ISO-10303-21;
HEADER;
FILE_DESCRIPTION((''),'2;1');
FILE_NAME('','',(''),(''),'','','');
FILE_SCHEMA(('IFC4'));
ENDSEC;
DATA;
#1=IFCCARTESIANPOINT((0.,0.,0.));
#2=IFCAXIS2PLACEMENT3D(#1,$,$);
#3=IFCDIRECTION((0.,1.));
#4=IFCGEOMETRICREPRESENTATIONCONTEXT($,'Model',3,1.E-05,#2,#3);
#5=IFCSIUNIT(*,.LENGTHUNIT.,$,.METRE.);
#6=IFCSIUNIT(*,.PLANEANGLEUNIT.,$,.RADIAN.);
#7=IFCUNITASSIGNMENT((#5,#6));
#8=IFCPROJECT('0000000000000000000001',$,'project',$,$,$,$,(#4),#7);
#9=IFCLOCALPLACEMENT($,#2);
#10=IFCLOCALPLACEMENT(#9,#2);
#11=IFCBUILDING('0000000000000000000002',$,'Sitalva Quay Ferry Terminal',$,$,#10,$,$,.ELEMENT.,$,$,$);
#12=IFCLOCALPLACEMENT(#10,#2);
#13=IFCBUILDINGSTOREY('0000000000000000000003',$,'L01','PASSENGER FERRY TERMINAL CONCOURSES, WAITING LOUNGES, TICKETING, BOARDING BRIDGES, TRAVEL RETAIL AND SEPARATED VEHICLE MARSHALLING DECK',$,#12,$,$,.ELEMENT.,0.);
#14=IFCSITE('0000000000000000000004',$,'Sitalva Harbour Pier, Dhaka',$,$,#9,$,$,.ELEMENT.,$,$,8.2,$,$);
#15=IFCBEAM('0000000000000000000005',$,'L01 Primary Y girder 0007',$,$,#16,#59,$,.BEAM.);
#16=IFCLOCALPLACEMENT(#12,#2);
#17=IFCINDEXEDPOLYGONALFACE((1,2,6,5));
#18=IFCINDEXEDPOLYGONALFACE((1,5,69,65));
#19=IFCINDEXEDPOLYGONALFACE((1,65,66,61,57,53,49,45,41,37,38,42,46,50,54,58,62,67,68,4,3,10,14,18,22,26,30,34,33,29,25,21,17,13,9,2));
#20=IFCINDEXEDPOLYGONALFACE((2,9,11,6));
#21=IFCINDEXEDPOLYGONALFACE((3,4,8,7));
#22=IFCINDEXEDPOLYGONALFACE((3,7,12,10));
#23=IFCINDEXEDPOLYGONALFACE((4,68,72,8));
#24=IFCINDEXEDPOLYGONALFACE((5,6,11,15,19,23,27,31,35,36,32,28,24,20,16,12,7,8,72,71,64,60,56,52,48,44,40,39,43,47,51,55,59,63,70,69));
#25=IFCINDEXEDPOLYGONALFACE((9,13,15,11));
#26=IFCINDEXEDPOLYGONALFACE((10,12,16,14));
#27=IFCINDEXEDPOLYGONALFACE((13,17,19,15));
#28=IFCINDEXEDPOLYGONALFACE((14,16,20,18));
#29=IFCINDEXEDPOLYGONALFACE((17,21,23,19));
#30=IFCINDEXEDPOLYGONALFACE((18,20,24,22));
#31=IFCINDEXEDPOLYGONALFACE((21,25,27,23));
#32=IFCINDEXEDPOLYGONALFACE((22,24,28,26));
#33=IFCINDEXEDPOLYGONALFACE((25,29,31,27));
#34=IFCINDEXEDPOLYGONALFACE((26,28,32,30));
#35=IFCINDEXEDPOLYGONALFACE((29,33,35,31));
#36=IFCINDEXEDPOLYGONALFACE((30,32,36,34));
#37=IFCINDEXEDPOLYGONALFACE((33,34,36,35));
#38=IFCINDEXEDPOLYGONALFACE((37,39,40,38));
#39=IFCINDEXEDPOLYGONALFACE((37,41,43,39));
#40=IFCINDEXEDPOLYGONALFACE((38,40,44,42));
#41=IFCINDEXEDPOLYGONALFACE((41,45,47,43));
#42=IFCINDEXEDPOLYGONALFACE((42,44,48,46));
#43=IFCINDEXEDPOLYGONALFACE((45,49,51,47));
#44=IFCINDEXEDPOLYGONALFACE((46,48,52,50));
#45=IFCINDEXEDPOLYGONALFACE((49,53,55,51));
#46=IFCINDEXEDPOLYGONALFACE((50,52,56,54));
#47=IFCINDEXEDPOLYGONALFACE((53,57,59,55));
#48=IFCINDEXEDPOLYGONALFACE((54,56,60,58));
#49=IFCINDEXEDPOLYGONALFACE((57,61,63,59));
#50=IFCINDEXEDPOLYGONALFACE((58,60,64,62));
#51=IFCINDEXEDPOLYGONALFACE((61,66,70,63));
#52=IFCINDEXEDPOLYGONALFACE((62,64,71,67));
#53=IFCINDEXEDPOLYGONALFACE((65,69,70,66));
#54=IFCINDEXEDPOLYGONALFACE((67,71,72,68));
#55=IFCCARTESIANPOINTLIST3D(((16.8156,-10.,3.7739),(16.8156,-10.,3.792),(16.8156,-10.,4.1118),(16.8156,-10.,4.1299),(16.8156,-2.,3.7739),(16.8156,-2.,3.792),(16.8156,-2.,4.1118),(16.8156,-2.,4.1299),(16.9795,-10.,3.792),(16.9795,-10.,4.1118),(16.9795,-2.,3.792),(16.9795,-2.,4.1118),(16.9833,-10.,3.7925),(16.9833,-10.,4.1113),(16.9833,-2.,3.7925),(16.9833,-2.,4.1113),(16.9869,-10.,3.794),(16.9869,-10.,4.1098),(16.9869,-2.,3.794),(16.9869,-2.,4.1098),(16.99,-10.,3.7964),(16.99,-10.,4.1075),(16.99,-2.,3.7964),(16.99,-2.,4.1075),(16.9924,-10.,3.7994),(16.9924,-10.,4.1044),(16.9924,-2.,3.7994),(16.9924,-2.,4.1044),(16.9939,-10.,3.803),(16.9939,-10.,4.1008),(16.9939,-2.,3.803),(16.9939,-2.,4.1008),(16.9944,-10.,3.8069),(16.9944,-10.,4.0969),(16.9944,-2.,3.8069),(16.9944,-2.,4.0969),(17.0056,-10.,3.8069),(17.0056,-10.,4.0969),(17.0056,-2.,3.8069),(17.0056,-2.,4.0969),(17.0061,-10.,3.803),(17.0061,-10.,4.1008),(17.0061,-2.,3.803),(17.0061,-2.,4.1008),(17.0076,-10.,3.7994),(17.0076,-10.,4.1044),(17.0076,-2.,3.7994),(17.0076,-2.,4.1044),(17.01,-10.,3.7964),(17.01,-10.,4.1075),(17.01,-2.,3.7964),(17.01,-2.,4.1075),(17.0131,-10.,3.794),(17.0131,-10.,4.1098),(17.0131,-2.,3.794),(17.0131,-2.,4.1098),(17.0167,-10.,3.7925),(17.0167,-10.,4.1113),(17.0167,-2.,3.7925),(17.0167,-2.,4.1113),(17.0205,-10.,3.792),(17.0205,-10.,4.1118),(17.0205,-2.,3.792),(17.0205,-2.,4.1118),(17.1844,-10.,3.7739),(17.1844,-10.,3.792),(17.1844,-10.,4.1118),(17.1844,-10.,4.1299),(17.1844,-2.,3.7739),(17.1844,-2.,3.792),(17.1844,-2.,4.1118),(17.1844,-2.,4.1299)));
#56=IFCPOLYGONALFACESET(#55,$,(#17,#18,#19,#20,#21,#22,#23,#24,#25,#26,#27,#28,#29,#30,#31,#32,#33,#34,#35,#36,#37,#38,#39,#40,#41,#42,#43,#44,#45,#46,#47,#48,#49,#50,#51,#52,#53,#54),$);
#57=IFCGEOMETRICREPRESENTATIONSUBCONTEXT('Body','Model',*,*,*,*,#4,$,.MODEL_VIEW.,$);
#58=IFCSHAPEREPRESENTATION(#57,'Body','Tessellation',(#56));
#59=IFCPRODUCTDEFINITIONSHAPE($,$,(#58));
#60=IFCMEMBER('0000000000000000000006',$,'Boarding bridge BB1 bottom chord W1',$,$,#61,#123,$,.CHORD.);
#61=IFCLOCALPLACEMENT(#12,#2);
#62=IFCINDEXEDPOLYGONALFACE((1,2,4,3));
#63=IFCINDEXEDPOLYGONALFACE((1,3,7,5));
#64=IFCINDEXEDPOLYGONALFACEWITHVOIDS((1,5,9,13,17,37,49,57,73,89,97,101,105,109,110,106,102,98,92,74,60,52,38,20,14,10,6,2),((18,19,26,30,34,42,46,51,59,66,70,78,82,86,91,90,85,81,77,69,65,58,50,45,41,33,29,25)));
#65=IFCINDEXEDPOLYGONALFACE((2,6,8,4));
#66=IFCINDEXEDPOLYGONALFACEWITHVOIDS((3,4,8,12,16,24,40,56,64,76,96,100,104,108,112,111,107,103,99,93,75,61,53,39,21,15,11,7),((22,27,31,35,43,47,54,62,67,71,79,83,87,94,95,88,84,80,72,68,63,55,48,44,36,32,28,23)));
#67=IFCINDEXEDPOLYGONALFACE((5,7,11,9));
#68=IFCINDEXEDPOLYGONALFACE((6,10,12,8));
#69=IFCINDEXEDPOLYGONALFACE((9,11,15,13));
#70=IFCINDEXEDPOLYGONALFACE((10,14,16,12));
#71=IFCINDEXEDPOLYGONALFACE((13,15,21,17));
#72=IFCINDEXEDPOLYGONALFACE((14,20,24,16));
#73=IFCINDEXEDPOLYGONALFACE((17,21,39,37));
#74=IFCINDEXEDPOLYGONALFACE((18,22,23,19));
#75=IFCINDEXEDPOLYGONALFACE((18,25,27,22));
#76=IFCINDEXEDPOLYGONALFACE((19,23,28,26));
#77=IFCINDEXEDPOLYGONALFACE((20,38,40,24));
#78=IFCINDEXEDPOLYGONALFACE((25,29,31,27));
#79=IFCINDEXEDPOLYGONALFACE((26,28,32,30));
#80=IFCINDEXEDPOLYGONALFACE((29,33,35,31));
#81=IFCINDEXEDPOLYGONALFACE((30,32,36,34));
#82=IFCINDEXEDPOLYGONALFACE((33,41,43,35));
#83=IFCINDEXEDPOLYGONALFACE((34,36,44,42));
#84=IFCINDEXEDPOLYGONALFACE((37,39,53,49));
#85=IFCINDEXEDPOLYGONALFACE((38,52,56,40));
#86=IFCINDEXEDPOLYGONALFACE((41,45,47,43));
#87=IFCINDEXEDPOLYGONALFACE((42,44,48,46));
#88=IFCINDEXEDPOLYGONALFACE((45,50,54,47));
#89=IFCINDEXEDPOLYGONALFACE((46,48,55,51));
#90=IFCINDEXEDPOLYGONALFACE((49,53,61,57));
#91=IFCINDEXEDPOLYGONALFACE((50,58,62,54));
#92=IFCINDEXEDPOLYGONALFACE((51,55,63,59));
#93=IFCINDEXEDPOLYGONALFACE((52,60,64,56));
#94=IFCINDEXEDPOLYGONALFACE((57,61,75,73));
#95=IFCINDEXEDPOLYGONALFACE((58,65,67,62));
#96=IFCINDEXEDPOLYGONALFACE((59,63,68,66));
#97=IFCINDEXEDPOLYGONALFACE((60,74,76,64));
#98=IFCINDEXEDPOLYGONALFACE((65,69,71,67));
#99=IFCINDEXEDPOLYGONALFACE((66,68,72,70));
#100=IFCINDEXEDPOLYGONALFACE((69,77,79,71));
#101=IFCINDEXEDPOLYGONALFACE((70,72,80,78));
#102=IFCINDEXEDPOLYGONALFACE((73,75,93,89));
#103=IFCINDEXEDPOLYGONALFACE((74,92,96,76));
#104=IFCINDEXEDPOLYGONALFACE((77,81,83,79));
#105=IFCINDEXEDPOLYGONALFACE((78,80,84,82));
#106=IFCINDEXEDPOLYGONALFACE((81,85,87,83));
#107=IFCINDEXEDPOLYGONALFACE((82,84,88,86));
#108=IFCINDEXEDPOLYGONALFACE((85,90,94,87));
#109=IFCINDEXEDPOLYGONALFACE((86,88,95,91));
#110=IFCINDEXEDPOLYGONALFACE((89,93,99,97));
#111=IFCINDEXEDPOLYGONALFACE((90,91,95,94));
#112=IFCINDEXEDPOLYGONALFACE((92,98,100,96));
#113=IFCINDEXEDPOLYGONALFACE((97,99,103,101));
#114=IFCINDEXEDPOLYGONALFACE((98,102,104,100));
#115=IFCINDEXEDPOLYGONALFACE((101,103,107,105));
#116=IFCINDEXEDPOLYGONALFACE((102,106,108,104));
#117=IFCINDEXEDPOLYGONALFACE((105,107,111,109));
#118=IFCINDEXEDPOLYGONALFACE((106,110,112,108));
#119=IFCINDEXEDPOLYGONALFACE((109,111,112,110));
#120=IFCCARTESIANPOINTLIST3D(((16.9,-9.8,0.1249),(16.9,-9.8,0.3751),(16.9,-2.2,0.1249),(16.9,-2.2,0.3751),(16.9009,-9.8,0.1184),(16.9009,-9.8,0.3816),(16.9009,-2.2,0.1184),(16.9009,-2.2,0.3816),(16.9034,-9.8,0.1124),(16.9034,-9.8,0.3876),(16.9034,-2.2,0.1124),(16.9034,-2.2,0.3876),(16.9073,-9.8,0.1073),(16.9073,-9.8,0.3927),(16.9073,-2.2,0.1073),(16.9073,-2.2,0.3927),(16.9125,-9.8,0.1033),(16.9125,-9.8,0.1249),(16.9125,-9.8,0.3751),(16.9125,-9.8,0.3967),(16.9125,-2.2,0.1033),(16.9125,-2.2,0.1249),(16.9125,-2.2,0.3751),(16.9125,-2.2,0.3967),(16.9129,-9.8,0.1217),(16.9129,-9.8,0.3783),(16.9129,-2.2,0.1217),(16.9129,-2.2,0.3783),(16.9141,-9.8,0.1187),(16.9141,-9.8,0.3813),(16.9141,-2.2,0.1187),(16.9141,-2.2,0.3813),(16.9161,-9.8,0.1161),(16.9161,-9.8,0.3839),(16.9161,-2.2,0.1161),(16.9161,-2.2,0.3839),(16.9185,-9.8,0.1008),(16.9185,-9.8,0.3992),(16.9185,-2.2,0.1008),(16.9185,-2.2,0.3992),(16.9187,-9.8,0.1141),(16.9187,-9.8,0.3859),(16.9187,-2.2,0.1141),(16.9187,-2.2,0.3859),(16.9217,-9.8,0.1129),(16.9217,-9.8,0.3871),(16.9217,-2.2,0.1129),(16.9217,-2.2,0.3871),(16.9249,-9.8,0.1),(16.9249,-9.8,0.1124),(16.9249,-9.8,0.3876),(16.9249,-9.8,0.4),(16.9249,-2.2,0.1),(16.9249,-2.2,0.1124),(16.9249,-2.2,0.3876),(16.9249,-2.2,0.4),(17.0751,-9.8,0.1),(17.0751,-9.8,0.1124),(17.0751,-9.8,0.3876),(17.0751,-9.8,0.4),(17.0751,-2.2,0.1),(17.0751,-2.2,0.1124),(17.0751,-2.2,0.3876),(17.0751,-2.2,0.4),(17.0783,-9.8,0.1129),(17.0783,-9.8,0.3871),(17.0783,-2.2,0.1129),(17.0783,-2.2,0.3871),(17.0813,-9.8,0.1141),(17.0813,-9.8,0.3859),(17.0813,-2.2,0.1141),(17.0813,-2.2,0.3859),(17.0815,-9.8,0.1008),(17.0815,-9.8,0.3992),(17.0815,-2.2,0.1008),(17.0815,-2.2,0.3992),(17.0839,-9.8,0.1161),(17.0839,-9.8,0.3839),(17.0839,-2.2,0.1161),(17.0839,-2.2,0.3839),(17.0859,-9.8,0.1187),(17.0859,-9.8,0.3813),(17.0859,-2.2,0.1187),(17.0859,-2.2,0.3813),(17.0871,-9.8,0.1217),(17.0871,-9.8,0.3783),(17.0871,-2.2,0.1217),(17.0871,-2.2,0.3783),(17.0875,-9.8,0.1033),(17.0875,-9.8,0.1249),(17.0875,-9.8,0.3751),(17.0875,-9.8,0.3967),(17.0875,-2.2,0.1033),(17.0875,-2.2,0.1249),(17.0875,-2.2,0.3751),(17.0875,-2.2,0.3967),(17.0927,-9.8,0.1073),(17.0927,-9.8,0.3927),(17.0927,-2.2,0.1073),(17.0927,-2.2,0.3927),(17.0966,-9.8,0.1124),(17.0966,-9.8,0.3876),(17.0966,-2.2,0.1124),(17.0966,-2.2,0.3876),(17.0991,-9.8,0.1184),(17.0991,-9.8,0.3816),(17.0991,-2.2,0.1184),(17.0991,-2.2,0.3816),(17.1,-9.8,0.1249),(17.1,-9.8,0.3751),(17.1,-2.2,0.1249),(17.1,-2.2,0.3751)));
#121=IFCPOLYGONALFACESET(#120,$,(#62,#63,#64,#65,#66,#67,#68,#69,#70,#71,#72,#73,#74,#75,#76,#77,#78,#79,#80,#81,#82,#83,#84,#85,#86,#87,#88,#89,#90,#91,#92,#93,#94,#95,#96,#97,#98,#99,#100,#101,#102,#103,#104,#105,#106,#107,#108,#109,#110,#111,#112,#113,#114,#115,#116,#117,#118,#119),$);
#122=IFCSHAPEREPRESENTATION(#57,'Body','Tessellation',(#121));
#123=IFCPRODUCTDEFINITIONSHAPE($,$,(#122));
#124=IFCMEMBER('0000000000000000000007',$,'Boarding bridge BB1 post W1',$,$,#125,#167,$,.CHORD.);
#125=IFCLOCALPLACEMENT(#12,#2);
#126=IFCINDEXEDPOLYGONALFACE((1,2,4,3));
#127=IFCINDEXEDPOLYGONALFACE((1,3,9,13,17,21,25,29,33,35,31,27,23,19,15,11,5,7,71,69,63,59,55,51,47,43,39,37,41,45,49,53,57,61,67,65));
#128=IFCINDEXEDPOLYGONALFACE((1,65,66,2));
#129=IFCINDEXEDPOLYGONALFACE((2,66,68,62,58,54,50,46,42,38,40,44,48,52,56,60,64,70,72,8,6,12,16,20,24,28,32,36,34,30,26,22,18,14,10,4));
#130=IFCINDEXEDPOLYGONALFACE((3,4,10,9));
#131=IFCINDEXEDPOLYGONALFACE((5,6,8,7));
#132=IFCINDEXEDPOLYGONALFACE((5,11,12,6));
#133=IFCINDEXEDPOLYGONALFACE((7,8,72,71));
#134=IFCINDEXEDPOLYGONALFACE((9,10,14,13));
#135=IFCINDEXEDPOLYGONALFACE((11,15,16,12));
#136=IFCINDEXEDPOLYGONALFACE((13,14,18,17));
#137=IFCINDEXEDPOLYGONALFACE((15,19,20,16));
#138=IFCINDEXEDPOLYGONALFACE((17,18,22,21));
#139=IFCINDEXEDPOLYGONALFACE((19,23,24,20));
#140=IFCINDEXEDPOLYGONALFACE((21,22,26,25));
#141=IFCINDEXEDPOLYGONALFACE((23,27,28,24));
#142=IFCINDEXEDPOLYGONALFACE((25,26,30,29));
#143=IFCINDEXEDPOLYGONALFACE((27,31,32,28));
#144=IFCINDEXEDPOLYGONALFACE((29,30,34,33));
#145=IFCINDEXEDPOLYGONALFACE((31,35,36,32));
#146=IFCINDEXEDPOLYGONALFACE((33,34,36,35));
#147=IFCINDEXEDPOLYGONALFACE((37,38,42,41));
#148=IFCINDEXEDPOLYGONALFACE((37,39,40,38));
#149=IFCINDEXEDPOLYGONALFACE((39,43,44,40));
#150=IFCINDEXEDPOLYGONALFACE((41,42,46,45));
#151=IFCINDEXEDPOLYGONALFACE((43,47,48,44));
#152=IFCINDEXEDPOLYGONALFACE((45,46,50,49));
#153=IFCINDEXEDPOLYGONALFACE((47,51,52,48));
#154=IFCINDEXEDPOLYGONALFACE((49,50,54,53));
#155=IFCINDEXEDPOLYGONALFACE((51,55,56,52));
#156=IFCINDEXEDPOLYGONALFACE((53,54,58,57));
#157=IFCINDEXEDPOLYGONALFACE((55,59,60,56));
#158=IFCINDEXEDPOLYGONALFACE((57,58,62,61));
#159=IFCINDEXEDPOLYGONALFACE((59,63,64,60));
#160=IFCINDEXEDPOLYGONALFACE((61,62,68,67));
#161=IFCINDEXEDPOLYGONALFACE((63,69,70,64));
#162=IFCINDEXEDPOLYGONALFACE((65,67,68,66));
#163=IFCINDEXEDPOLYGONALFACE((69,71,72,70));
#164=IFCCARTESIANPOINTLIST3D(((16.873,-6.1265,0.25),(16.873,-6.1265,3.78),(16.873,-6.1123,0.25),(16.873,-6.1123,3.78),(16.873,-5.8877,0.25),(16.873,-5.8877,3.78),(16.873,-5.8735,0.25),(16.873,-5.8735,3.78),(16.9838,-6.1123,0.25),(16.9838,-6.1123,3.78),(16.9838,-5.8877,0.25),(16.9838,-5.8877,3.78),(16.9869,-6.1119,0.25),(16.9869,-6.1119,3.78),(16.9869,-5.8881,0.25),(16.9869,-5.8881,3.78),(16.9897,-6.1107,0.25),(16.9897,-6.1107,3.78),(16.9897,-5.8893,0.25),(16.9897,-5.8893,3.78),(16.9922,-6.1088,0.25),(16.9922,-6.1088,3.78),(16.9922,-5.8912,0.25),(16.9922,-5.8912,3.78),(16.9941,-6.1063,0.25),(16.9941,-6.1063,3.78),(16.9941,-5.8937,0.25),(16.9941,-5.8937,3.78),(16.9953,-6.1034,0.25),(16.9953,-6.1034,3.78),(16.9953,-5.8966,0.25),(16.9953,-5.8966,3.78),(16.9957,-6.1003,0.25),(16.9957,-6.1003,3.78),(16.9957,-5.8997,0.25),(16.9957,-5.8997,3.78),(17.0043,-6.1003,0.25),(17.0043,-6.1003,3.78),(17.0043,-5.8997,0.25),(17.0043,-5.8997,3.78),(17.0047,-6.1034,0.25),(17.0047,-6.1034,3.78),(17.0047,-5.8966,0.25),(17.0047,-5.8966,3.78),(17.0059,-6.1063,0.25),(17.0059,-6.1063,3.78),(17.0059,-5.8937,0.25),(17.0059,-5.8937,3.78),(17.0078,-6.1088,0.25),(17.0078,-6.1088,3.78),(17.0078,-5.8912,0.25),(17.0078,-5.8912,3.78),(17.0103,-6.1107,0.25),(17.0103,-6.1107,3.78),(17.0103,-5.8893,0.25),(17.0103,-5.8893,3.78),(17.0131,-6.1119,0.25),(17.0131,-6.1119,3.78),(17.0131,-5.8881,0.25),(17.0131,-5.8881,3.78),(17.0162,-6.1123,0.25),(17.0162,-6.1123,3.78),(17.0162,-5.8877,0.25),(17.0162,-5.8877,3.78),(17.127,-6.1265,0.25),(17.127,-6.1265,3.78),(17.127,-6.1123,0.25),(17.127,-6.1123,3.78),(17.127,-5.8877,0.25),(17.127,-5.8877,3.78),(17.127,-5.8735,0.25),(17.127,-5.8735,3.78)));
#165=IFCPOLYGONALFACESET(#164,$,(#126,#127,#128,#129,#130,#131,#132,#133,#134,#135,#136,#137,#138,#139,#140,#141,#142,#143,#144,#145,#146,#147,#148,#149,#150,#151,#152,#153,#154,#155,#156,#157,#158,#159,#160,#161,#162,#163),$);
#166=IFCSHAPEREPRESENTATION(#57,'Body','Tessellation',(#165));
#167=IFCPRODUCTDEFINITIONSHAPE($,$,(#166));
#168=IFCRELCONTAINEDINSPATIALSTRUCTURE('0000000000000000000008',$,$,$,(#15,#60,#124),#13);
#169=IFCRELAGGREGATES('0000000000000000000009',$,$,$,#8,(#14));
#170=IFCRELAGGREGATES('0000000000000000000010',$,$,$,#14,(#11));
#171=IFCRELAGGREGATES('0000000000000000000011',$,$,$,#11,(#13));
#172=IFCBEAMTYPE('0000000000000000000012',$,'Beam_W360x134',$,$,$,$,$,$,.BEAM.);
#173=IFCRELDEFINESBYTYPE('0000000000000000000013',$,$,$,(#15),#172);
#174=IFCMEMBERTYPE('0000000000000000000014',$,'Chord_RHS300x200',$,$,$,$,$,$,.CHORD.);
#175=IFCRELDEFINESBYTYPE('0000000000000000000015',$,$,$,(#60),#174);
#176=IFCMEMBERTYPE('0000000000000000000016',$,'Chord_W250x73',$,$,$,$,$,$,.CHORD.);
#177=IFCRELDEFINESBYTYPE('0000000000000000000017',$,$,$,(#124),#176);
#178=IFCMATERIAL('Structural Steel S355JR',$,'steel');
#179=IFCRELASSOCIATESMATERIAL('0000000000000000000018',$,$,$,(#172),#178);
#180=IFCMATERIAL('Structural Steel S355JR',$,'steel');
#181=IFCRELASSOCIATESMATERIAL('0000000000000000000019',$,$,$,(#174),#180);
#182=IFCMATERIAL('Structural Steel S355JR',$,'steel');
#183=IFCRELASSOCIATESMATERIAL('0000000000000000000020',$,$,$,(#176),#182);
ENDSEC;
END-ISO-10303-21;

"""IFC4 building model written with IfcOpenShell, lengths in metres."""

from ifc_helpers import new_model, si_unit, direction, frame, origin, origin_2d, place, context, subcontext, project, spatial, hollow_rectangle, i_section, extrude, material, material_profile, profile_set, type_object, element, save


model = new_model("IFC4")

# Units and contexts
model_context = context("Model", 3, precision=1e-05, world=origin(), true_north=direction((0.0, 1.0)))
body_context = subcontext(model_context, "Body", "Model", "MODEL_VIEW")
ifc_project = project(units=[si_unit("LENGTHUNIT", "METRE"), si_unit("PLANEANGLEUNIT", "RADIAN")], contexts=[model_context])

# Site, building, storey
site_placement = place(None, origin())
site = spatial("IfcSite", under=ifc_project, at=site_placement, Name="Sitalva Harbour Pier, Dhaka", CompositionType="ELEMENT", RefElevation=8.2)
building_placement = place(site_placement, origin())
building = spatial("IfcBuilding", under=site, at=building_placement, Name="Sitalva Quay Ferry Terminal", CompositionType="ELEMENT")
storey_placement = place(building_placement, origin())
storey = spatial("IfcBuildingStorey", under=building, at=storey_placement, Name="L01", Description="PASSENGER FERRY TERMINAL CONCOURSES, WAITING LOUNGES, TICKETING, BOARDING BRIDGES, TRAVEL RETAIL AND SEPARATED VEHICLE MARSHALLING DECK", CompositionType="ELEMENT", Elevation=0.0)

# Beam
ifc_material_1 = material(Name="Structural Steel S355JR", Category="steel")
ifc_material_profile_1 = material_profile(ifc_material_1, i_section(OverallWidth=0.3689, OverallDepth=0.356, WebThickness=0.0112, FlangeThickness=0.0181, FilletRadius=0.0149, at=origin_2d()), Name="W360x134")
ifc_profile_set_1 = profile_set([ifc_material_profile_1], Name="Structural Steel S355JR")
beam_type = type_object("IfcBeamType", Name="Beam_W360x134", PredefinedType="BEAM", material=ifc_profile_set_1)
beam_1_placement = place(storey_placement, frame((17.0, -10.0, 3.9519), z_axis=(0.0, 1.0, 0.0), x_axis=(-1.0, 0.0, 0.0)))
element("IfcBeam", 1, at=beam_1_placement, inside=storey, type_object=beam_type, Name="L01 Primary Y girder 0007", PredefinedType="BEAM", context=body_context, shape_type="SweptSolid", body=[
    extrude(i_section(OverallWidth=0.3689, OverallDepth=0.356, WebThickness=0.0112, FlangeThickness=0.0181, FilletRadius=0.0149, at=origin_2d()), origin(), (0.0, 0.0, 1.0), 8.0),
])

# Members
ifc_material_2 = material(Name="Structural Steel S355JR", Category="steel")
ifc_material_profile_2 = material_profile(ifc_material_2, hollow_rectangle(XDim=0.2, YDim=0.3, WallThickness=0.0125, InnerFilletRadius=0.0125, OuterFilletRadius=0.0249, at=origin_2d()), Name="RHS300x200x12.5")
ifc_profile_set_2 = profile_set([ifc_material_profile_2], Name="Structural Steel S355JR")
member_type_1 = type_object("IfcMemberType", Name="Chord_RHS300x200", PredefinedType="CHORD", material=ifc_profile_set_2)
member_1_placement = place(storey_placement, frame((17.0, -9.8, 0.25), z_axis=(0.0, 1.0, 0.0), x_axis=(-1.0, 0.0, 0.0)))
element("IfcMember", 2, at=member_1_placement, inside=storey, type_object=member_type_1, Name="Boarding bridge BB1 bottom chord W1", PredefinedType="CHORD", context=body_context, shape_type="SweptSolid", body=[
    extrude(hollow_rectangle(XDim=0.2, YDim=0.3, WallThickness=0.0125, InnerFilletRadius=0.0125, OuterFilletRadius=0.0249, at=origin_2d()), origin(), (0.0, 0.0, 1.0), 7.6001),
])
ifc_material_3 = material(Name="Structural Steel S355JR", Category="steel")
ifc_material_profile_3 = material_profile(ifc_material_3, i_section(OverallWidth=0.2539, OverallDepth=0.2529, WebThickness=0.0085, FlangeThickness=0.0142, FilletRadius=0.012, at=origin_2d()), Name="W250x73")
ifc_profile_set_3 = profile_set([ifc_material_profile_3], Name="Structural Steel S355JR")
member_type_2 = type_object("IfcMemberType", Name="Chord_W250x73", PredefinedType="CHORD", material=ifc_profile_set_3)
member_2_placement = place(storey_placement, frame((17.0, -6.0, 0.25), z_axis=(0.0, 0.0, 1.0), x_axis=(1.0, 0.0, 0.0)))
element("IfcMember", 3, at=member_2_placement, inside=storey, type_object=member_type_2, Name="Boarding bridge BB1 post W1", PredefinedType="CHORD", context=body_context, shape_type="SweptSolid", body=[
    extrude(i_section(OverallWidth=0.2539, OverallDepth=0.2529, WebThickness=0.0085, FlangeThickness=0.0142, FilletRadius=0.012, at=origin_2d()), origin(), (0.0, 0.0, 1.0), 3.53),
])

save(model, "model.ifc")
